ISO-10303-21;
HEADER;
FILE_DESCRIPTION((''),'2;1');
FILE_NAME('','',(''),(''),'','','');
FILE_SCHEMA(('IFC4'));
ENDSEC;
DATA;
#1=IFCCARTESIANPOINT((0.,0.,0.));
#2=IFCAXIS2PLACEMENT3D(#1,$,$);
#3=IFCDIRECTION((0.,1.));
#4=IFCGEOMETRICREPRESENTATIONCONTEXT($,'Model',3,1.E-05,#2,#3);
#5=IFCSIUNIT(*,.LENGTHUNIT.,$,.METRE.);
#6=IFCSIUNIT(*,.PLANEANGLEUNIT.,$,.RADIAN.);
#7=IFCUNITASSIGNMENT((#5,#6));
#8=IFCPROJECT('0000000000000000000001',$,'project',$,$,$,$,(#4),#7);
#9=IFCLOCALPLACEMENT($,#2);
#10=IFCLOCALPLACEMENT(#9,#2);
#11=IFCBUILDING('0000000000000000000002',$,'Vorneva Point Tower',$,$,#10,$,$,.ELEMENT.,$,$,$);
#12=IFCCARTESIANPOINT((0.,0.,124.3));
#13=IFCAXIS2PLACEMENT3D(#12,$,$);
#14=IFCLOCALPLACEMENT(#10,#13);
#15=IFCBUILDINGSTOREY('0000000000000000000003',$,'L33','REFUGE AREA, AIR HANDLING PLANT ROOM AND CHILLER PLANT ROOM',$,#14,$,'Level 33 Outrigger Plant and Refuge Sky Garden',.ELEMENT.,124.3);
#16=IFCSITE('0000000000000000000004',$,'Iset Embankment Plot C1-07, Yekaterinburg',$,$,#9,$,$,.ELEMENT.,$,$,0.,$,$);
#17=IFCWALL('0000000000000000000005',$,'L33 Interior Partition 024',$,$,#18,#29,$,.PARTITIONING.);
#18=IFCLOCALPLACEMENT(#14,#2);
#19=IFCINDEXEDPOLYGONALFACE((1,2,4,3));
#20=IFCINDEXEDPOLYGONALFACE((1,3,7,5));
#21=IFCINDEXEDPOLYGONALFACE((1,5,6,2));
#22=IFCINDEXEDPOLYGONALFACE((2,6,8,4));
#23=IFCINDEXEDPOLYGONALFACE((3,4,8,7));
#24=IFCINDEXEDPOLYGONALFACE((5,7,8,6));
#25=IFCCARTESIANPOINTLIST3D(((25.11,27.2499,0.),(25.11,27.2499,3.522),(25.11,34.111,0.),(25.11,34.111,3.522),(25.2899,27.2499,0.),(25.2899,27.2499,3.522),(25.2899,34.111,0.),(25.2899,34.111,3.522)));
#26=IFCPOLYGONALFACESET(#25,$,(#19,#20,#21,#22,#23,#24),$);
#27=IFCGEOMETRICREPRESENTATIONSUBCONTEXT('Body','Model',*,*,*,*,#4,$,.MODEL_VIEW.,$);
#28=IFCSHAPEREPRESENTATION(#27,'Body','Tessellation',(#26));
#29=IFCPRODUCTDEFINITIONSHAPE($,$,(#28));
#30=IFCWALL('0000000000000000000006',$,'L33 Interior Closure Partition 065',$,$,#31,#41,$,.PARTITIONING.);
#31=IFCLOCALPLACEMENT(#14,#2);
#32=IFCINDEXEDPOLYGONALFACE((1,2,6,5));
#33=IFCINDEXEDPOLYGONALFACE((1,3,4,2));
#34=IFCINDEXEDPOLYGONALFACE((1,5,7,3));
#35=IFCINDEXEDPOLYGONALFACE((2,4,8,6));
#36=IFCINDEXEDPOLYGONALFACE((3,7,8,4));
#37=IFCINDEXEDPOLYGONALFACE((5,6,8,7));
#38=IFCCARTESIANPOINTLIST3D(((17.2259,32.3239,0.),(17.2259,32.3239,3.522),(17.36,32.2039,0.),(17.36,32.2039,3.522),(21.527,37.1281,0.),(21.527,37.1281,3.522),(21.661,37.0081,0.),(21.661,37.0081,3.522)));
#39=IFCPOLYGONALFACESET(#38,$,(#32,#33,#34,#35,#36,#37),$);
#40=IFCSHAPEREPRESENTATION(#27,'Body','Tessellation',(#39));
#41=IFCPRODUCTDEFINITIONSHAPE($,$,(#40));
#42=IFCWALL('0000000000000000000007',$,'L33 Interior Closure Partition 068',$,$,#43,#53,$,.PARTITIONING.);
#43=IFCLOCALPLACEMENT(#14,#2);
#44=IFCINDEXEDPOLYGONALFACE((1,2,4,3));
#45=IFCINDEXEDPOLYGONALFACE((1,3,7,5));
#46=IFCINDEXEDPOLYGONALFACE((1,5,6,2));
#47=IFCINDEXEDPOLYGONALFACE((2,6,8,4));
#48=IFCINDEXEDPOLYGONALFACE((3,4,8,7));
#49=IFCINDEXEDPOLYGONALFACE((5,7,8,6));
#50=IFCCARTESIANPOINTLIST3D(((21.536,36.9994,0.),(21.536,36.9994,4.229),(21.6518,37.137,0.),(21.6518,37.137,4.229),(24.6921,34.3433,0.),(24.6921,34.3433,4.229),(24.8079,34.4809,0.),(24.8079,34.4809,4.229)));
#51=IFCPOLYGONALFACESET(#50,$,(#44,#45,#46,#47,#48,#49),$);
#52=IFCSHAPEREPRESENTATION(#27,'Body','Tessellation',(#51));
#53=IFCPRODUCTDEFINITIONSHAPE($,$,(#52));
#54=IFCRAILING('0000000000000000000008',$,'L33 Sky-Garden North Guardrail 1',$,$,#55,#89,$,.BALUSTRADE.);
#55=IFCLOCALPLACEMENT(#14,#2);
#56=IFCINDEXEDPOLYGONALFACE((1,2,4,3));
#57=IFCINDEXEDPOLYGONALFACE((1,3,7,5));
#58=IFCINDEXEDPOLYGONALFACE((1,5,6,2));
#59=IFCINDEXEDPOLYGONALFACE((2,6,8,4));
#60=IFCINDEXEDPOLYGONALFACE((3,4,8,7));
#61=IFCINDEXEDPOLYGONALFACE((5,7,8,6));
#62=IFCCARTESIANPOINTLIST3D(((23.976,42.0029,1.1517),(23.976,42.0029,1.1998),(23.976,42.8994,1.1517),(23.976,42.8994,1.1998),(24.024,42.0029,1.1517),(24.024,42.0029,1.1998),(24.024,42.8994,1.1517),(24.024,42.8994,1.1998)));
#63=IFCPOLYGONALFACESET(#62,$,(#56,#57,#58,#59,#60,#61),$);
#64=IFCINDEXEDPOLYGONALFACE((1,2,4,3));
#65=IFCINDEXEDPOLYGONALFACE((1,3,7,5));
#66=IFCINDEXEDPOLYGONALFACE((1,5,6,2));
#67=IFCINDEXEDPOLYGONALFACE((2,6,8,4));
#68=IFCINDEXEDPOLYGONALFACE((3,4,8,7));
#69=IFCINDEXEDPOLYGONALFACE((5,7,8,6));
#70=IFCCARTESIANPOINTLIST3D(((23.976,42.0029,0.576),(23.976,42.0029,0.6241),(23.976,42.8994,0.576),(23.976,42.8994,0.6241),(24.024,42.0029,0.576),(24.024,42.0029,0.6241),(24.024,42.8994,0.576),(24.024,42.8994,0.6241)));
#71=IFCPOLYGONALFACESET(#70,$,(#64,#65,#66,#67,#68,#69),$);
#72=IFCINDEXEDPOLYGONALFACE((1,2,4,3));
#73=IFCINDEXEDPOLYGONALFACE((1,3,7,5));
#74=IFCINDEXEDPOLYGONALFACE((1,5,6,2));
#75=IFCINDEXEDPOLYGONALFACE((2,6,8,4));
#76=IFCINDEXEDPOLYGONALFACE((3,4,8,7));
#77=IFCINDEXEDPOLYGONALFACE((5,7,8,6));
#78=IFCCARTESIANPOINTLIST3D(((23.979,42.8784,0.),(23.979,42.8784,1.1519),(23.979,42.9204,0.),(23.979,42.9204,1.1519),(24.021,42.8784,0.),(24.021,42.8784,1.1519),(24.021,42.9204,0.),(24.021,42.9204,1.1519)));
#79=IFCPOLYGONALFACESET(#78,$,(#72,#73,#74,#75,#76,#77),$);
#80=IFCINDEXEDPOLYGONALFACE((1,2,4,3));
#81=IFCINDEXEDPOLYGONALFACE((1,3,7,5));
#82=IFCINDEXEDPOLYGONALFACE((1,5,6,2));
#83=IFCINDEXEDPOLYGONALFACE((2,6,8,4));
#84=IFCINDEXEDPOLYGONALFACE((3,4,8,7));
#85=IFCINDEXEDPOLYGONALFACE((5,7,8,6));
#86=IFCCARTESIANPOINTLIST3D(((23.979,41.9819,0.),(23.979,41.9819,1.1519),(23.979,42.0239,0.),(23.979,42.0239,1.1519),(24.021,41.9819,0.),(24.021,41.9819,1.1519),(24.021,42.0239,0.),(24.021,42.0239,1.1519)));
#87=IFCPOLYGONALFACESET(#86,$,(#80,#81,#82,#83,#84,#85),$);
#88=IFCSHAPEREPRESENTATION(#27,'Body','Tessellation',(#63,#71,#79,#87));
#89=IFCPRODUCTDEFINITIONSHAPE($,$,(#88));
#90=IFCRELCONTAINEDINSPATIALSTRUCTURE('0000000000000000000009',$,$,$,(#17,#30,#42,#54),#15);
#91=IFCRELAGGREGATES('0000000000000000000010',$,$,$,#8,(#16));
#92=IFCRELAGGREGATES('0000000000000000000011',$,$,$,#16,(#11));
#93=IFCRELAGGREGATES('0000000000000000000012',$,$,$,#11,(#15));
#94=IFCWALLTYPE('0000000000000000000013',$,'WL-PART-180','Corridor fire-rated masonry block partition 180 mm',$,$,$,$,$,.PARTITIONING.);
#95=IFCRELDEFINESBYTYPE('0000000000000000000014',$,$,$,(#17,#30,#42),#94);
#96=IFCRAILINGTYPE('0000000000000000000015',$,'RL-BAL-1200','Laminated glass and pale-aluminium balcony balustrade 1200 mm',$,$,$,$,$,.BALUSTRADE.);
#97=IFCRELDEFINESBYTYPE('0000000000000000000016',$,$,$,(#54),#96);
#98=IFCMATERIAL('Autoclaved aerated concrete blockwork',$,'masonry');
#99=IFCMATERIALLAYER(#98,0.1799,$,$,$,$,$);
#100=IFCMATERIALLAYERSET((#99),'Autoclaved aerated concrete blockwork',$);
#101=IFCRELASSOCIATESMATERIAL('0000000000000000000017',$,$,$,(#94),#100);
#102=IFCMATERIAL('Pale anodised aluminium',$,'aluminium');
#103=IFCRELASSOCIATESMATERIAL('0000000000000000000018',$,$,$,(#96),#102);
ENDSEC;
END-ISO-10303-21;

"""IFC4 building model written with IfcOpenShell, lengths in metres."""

from ifc_helpers import new_model, si_unit, direction, frame, frame_2d, origin, origin_2d, place, context, subcontext, project, spatial, rectangle, extrude, material, layer, layer_set, type_object, element, save


model = new_model("IFC4")

# Units and contexts
model_context = context("Model", 3, precision=1e-05, world=origin(), true_north=direction((0.0, 1.0)))
body_context = subcontext(model_context, "Body", "Model", "MODEL_VIEW")
ifc_project = project(units=[si_unit("LENGTHUNIT", "METRE"), si_unit("PLANEANGLEUNIT", "RADIAN")], contexts=[model_context])

# Site, building, storey
site_placement = place(None, origin())
site = spatial("IfcSite", under=ifc_project, at=site_placement, Name="Iset Embankment Plot C1-07, Yekaterinburg", CompositionType="ELEMENT", RefElevation=0.0)
building_placement = place(site_placement, origin())
building = spatial("IfcBuilding", under=site, at=building_placement, Name="Vorneva Point Tower", CompositionType="ELEMENT")
storey_placement = place(building_placement, frame((0.0, 0.0, 124.3)))
storey = spatial("IfcBuildingStorey", under=building, at=storey_placement, Name="L33", Description="REFUGE AREA, AIR HANDLING PLANT ROOM AND CHILLER PLANT ROOM", LongName="Level 33 Outrigger Plant and Refuge Sky Garden", CompositionType="ELEMENT", Elevation=124.3)

# Walls
ifc_material_1 = material(Name="Autoclaved aerated concrete blockwork", Category="masonry")
ifc_layer_1 = layer(ifc_material_1, 0.1799)
ifc_layer_set_1 = layer_set([ifc_layer_1], Name="Autoclaved aerated concrete blockwork")
wall_type_1 = type_object("IfcWallType", Name="WL-PART-180", Description="Corridor fire-rated masonry block partition 180 mm", PredefinedType="PARTITIONING", material=ifc_layer_set_1)
wall_1_placement = place(storey_placement, frame((25.2, 34.1111, 0.0), z_axis=(0.0, 0.0, 1.0), x_axis=(0.0, -1.0, 0.0)))
element("IfcWall", 1, at=wall_1_placement, inside=storey, type_object=wall_type_1, Name="L33 Interior Partition 024", PredefinedType="PARTITIONING", context=body_context, shape_type="SweptSolid", body=[
    extrude(rectangle(XDim=6.8611, YDim=0.1799, at=frame_2d((3.4307, 0.0))), origin(), (0.0, 0.0, 1.0), 3.522),
])
wall_2_placement = place(storey_placement, frame((21.594, 37.0681, 0.0), z_axis=(0.0, 0.0, 1.0), x_axis=(-0.667013, -0.745046, 0.0)))
element("IfcWall", 2, at=wall_2_placement, inside=storey, type_object=wall_type_1, Name="L33 Interior Closure Partition 065", PredefinedType="PARTITIONING", context=body_context, shape_type="SweptSolid", body=[
    extrude(rectangle(XDim=6.4482, YDim=0.1799, at=frame_2d((3.2241, 0.0))), origin(), (0.0, 0.0, 1.0), 3.522),
])
wall_3_placement = place(storey_placement, frame((24.75, 34.4121, 0.0), z_axis=(0.0, 0.0, 1.0), x_axis=(-0.765112, 0.643897, 0.0)))
element("IfcWall", 3, at=wall_3_placement, inside=storey, type_object=wall_type_1, Name="L33 Interior Closure Partition 068", PredefinedType="PARTITIONING", context=body_context, shape_type="SweptSolid", body=[
    extrude(rectangle(XDim=4.125, YDim=0.1799, at=frame_2d((2.0625, 0.0))), origin(), (0.0, 0.0, 1.0), 4.229),
])

# Railing
ifc_material_2 = material(Name="Pale anodised aluminium", Category="aluminium")
railing_type = type_object("IfcRailingType", Name="RL-BAL-1200", Description="Laminated glass and pale-aluminium balcony balustrade 1200 mm", PredefinedType="BALUSTRADE", material=ifc_material_2)
railing_placement = place(storey_placement, frame((24.0, 42.8994, 0.0)))
element("IfcRailing", 4, at=railing_placement, inside=storey, type_object=railing_type, Name="L33 Sky-Garden North Guardrail 1", PredefinedType="BALUSTRADE", context=body_context, shape_type="SweptSolid", body=[
    extrude(rectangle(XDim=0.0481, YDim=0.0481, at=origin_2d()), frame((0.0, 0.0, 1.1758), z_axis=(0.0, -1.0, 0.0), x_axis=(1.0, 0.0, 0.0)), (0.0, 0.0, 1.0), 0.8965),
    extrude(rectangle(XDim=0.0481, YDim=0.0481, at=origin_2d()), frame((0.0, 0.0, 0.6001), z_axis=(0.0, -1.0, 0.0), x_axis=(1.0, 0.0, 0.0)), (0.0, 0.0, 1.0), 0.8965),
    extrude(rectangle(XDim=0.042, YDim=0.042, at=origin_2d()), origin(), (0.0, 0.0, 1.0), 1.1519),
    extrude(rectangle(XDim=0.042, YDim=0.042, at=origin_2d()), frame((0.0, -0.8965, 0.0)), (0.0, 0.0, 1.0), 1.1519),
])

save(model, "model.ifc")
